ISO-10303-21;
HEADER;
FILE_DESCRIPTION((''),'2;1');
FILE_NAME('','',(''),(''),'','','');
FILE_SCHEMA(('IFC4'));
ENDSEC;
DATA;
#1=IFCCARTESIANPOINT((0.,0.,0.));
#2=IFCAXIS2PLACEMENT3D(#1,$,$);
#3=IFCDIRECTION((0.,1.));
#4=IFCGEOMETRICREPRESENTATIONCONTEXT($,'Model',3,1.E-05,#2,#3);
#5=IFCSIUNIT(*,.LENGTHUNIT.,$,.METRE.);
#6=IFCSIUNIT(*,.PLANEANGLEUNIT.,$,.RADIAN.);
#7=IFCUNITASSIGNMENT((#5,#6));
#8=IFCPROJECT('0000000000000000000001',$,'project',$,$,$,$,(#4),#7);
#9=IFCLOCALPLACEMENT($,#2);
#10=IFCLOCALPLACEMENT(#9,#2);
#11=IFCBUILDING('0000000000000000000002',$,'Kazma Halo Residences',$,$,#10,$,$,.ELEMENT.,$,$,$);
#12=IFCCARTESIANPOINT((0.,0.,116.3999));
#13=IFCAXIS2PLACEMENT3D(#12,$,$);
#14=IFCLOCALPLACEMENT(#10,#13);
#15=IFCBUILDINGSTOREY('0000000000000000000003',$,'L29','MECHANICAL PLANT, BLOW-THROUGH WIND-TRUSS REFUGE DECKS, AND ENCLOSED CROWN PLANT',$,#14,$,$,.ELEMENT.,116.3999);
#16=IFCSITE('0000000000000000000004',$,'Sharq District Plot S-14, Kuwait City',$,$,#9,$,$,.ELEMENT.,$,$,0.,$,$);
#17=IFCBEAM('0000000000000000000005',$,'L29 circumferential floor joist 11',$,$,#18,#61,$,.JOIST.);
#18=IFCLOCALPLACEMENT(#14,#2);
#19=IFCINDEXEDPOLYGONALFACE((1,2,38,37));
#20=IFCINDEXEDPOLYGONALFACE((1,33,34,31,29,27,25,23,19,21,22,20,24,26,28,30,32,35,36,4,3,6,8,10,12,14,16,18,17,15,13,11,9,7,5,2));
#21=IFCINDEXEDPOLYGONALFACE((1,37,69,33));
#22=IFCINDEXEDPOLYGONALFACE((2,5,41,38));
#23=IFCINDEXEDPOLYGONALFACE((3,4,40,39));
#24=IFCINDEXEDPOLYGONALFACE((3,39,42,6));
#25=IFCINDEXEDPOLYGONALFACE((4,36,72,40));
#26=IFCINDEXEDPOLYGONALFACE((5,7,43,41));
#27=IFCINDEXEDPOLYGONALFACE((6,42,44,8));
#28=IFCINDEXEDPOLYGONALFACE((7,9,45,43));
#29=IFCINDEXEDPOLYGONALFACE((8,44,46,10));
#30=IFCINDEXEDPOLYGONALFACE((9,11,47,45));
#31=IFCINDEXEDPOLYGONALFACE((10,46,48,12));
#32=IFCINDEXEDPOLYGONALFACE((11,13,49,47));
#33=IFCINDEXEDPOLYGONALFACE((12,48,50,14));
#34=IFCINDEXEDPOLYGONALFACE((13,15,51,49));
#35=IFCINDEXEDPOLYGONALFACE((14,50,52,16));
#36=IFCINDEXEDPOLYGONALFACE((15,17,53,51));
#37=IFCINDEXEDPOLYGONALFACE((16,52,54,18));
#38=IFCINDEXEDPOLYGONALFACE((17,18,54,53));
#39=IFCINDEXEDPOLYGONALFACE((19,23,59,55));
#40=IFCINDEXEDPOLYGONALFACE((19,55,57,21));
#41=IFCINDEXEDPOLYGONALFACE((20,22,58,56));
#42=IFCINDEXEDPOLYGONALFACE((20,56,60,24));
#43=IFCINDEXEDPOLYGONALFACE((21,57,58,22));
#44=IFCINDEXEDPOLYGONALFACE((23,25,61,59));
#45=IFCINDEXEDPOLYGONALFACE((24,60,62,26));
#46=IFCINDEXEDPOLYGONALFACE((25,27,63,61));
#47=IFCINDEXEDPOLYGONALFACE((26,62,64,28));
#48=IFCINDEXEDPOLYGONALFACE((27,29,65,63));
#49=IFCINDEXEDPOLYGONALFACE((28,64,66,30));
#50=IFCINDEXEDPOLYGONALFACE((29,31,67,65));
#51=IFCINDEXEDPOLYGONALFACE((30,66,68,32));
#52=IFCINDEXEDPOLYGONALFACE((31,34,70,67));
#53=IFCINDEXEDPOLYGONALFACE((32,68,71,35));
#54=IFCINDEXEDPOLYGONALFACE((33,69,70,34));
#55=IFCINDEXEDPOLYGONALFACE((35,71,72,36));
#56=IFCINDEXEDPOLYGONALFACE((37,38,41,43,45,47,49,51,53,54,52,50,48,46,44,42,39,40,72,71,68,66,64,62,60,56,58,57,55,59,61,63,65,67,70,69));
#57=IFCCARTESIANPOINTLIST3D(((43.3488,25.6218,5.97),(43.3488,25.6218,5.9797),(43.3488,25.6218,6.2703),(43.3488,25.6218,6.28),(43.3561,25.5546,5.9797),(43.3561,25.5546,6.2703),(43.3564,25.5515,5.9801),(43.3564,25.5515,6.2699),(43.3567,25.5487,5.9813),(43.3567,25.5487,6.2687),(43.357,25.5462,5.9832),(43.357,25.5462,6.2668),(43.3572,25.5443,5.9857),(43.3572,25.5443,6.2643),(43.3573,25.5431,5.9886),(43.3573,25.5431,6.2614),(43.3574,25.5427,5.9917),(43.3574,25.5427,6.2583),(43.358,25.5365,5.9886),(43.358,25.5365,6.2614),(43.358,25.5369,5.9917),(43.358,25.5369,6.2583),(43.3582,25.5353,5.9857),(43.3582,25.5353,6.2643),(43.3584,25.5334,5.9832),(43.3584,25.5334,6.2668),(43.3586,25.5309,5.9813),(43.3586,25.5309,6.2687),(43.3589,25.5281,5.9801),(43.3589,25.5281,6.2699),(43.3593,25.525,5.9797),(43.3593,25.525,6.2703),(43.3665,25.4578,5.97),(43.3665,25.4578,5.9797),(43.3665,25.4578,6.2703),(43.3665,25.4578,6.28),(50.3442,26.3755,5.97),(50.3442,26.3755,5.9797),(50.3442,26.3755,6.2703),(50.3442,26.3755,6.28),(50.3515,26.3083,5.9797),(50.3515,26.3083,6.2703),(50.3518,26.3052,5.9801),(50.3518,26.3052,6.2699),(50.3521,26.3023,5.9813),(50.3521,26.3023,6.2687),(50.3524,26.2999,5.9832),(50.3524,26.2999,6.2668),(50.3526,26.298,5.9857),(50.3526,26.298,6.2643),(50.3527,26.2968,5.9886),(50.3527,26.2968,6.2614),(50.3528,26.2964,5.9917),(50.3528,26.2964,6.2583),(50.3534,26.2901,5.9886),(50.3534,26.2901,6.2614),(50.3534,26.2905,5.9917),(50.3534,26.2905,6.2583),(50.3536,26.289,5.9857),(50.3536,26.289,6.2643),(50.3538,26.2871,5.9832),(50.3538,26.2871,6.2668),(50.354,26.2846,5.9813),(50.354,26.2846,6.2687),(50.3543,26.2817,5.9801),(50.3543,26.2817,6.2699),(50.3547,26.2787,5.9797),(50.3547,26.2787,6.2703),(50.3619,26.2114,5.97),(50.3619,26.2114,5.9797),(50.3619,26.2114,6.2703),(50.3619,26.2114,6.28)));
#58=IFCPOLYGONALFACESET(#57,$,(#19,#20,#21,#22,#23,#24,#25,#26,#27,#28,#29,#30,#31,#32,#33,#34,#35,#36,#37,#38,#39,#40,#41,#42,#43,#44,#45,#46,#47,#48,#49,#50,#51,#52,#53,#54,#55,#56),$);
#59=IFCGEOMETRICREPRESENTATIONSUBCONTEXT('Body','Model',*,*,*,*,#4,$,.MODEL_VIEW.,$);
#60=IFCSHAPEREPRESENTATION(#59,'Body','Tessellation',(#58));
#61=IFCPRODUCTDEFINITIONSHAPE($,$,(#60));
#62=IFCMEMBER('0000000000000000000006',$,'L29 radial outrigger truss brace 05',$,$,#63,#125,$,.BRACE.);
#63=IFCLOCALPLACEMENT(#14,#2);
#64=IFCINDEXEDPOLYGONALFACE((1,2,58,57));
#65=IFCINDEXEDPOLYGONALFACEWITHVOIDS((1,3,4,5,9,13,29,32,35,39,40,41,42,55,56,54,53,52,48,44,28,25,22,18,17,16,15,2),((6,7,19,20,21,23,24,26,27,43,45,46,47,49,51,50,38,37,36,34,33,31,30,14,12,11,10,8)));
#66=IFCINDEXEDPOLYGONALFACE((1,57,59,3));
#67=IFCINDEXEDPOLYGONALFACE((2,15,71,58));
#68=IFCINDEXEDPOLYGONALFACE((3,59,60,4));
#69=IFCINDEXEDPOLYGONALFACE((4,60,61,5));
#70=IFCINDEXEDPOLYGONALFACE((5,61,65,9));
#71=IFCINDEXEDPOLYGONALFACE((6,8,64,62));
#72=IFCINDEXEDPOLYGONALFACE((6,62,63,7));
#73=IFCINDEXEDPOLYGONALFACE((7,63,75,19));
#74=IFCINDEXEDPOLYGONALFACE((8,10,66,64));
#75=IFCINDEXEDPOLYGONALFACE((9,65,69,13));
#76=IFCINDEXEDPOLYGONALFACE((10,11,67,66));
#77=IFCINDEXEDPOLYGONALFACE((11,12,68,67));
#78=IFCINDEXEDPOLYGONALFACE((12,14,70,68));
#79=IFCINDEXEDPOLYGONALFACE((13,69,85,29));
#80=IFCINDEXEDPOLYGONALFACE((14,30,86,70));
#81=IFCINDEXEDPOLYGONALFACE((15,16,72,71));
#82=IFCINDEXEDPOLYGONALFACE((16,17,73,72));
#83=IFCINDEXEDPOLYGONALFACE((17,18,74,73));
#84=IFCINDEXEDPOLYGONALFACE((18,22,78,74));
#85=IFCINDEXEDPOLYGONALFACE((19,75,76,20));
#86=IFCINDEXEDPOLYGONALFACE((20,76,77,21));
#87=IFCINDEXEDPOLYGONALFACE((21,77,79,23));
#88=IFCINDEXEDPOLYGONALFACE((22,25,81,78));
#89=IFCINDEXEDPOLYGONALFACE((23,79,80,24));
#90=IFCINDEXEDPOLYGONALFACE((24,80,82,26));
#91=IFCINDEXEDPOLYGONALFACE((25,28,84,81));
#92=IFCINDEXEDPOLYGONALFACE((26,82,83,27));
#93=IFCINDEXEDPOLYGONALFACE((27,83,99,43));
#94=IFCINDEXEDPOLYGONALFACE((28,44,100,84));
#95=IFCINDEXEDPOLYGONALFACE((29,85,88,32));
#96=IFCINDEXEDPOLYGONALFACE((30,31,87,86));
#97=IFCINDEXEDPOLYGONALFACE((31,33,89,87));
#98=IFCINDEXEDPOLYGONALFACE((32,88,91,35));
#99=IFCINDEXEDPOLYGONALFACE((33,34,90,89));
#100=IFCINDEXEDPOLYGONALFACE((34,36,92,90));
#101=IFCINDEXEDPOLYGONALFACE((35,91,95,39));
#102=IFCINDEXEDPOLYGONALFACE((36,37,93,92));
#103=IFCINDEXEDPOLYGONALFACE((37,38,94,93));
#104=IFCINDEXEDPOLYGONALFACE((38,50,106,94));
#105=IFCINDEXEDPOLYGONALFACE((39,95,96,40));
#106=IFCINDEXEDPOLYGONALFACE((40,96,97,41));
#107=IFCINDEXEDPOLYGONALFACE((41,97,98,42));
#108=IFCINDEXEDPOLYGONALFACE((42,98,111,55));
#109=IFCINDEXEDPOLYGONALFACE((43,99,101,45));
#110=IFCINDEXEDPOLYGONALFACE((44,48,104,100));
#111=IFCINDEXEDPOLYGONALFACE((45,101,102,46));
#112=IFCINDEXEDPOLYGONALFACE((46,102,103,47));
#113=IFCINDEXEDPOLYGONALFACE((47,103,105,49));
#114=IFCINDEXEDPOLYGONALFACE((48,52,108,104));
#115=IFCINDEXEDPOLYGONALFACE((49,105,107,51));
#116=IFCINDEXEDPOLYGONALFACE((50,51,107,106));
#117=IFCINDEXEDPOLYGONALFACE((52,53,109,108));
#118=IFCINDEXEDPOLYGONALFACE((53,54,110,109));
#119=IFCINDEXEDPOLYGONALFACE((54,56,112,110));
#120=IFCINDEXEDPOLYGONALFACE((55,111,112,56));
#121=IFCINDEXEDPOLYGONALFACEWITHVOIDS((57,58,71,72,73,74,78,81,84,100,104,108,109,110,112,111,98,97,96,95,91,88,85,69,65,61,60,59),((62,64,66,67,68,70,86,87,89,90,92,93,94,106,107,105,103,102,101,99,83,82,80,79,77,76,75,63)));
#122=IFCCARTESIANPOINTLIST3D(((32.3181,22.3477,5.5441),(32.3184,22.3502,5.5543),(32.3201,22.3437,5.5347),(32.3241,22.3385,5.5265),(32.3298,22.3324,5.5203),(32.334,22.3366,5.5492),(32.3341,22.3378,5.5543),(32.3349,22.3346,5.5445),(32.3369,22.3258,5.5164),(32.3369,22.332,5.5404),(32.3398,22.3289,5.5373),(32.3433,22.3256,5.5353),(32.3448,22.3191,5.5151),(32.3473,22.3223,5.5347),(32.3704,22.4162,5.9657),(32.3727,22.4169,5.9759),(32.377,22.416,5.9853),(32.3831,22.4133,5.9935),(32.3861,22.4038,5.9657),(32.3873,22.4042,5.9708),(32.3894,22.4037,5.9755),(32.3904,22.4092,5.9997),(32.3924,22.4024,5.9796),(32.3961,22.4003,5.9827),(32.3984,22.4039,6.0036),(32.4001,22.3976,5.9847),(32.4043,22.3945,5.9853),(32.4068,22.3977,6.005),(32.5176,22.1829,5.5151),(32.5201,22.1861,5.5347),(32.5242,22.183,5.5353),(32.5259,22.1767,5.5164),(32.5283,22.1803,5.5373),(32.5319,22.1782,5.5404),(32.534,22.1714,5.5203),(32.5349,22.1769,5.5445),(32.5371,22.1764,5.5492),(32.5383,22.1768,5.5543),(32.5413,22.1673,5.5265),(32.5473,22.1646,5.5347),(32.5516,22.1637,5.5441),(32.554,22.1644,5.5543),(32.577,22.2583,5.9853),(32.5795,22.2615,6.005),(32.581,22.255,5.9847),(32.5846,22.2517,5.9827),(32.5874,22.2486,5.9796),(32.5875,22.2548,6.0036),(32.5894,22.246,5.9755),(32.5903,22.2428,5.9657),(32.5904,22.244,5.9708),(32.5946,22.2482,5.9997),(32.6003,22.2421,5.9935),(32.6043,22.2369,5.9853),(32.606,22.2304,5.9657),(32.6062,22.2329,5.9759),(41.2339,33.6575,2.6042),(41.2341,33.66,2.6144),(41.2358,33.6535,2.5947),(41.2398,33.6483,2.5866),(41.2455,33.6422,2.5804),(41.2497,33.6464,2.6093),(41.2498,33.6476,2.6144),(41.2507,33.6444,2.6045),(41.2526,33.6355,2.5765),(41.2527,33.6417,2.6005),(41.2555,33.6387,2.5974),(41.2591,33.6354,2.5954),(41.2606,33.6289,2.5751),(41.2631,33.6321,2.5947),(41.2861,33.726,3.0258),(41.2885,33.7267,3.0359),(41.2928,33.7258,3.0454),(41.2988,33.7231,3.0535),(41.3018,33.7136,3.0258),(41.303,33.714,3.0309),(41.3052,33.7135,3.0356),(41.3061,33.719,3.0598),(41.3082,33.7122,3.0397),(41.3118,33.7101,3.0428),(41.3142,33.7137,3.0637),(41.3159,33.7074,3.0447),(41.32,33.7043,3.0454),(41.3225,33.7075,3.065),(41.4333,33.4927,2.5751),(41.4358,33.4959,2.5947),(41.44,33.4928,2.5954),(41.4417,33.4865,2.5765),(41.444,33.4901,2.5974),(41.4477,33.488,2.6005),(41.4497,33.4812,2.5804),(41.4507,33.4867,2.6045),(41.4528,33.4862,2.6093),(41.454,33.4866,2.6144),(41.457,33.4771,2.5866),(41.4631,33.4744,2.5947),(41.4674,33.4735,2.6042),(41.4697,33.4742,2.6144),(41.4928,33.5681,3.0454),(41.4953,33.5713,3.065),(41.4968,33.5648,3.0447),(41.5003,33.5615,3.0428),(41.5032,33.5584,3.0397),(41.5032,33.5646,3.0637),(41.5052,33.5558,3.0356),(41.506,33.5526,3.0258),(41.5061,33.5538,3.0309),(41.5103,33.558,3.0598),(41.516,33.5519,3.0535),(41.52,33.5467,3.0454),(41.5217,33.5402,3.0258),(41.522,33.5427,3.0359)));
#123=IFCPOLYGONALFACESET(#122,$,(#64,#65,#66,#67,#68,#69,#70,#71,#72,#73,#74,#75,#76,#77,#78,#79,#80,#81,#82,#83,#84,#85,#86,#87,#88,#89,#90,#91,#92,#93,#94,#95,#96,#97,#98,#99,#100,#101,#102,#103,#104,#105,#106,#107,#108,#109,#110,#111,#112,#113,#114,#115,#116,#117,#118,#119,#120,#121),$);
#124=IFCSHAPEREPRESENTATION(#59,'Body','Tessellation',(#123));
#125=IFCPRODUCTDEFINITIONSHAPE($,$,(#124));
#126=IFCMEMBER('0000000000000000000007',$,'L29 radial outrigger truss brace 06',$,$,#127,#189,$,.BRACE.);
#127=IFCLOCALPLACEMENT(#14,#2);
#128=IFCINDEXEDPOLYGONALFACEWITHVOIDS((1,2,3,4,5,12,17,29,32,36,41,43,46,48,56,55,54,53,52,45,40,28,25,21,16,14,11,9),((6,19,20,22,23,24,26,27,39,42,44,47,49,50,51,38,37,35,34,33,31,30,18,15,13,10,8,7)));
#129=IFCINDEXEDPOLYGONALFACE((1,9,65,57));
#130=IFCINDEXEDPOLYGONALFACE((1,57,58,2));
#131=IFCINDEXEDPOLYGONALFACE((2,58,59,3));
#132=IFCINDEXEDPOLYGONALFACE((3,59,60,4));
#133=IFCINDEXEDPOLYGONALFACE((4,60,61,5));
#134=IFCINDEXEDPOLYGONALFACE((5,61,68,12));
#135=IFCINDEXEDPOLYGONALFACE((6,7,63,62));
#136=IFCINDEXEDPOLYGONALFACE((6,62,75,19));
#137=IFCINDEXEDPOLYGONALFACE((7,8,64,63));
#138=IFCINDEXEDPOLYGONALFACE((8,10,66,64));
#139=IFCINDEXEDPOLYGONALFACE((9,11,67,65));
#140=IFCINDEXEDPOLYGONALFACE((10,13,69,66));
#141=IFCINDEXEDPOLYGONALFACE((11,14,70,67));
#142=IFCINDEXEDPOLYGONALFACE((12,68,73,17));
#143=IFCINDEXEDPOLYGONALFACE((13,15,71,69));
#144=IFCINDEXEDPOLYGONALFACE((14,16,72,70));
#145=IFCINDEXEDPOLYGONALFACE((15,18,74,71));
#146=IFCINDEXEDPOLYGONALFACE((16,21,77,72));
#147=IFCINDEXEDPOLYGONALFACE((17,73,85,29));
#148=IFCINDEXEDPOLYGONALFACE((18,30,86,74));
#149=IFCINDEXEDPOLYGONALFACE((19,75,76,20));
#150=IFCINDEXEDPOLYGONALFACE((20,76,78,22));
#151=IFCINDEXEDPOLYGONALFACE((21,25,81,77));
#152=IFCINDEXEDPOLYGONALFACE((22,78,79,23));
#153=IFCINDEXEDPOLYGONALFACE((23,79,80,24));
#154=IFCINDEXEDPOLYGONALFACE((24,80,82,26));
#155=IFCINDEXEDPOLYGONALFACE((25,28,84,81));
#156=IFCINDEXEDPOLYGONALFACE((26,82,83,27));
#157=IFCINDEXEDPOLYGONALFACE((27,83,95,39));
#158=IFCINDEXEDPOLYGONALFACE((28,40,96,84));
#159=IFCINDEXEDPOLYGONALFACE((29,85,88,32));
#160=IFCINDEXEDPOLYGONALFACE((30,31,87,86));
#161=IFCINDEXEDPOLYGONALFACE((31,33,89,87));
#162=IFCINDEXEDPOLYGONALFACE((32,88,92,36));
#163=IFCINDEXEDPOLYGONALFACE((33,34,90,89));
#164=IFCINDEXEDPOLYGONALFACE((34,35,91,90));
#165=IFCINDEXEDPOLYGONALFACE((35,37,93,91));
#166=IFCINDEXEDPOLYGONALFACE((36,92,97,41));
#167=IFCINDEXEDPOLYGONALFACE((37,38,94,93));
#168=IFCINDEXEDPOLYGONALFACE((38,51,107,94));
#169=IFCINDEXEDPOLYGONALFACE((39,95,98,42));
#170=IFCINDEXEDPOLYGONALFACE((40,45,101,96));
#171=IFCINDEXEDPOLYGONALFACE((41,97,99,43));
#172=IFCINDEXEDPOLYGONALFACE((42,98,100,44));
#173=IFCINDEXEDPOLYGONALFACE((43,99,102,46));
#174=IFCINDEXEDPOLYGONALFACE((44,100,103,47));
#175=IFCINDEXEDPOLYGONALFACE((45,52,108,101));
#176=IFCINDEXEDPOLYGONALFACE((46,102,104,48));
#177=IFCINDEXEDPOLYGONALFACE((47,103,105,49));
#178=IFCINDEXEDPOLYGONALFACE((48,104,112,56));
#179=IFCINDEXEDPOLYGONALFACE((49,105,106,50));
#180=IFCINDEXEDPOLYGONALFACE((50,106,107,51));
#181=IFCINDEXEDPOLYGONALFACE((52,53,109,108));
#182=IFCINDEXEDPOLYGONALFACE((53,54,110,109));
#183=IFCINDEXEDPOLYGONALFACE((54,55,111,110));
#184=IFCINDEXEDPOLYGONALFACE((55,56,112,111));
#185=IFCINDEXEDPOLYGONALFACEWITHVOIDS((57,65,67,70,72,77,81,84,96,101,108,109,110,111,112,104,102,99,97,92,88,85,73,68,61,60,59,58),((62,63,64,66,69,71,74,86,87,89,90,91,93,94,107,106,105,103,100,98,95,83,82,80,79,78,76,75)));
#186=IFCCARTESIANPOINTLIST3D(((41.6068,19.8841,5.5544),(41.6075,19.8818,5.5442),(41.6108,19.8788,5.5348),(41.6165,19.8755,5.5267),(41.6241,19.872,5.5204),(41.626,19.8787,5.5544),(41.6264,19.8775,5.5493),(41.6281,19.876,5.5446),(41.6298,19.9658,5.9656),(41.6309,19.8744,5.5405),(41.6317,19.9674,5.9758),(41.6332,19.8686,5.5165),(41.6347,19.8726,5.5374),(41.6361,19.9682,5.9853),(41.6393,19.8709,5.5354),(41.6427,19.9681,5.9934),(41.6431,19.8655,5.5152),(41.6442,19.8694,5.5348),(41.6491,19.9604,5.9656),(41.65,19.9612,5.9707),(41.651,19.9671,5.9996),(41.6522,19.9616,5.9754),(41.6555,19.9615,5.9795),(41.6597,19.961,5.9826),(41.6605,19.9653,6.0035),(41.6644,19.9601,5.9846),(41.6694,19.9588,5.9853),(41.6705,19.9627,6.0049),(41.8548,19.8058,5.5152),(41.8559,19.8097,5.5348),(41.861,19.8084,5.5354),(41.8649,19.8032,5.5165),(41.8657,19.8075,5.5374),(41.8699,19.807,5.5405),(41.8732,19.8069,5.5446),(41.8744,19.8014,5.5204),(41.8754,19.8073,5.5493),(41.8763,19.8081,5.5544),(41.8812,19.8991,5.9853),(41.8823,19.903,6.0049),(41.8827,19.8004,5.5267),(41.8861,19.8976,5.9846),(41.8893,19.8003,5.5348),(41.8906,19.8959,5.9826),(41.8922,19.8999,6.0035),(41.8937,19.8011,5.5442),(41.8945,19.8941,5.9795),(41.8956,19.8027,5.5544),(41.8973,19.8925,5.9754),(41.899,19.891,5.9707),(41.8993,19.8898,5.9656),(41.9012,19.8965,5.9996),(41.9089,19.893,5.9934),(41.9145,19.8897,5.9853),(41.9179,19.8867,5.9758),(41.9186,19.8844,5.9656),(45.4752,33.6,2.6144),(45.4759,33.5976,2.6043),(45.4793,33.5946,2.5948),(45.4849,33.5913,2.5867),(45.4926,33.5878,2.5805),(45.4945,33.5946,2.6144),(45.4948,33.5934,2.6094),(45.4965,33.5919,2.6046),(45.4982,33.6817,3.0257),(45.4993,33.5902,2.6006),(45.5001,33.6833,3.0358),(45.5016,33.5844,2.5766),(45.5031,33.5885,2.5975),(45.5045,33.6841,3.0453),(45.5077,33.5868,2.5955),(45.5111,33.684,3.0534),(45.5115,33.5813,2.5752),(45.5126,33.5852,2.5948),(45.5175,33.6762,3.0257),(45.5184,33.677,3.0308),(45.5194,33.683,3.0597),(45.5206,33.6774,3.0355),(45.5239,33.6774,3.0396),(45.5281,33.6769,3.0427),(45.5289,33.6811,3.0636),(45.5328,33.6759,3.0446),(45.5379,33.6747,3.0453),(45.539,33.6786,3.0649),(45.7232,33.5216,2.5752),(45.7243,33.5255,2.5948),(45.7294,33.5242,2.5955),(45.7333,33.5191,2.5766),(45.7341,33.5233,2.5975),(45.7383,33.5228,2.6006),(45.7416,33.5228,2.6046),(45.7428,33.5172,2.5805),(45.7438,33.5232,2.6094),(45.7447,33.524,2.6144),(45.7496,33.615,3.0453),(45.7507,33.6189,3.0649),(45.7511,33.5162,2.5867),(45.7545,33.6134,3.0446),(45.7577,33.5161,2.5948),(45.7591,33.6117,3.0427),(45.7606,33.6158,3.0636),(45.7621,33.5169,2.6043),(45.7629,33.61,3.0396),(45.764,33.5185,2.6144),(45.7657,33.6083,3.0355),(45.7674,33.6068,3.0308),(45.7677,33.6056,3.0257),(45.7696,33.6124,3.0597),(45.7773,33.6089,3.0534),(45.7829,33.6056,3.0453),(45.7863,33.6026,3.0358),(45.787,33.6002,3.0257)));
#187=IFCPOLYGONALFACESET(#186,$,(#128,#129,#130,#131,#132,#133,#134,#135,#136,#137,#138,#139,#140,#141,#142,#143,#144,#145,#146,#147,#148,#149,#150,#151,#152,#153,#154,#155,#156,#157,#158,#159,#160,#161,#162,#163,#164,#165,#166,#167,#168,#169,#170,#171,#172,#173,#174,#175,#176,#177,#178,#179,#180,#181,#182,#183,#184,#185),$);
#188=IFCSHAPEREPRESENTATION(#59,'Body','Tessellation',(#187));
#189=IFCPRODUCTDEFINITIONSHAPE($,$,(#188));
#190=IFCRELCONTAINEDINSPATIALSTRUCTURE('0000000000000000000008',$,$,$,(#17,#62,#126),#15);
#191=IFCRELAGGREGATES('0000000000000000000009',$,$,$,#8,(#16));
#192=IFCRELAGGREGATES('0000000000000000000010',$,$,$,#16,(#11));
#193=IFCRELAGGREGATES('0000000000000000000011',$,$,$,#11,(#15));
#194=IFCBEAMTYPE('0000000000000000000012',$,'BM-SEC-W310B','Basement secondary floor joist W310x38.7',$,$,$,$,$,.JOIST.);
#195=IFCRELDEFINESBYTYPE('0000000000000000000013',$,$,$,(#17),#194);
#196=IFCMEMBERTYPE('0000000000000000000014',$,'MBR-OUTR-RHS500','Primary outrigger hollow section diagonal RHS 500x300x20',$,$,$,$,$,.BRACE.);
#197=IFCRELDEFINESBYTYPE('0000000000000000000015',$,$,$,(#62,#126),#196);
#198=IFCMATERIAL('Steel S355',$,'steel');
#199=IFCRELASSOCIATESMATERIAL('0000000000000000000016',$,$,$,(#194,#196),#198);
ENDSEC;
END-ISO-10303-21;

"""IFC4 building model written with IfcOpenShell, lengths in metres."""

from ifc_helpers import new_model, si_unit, direction, frame, origin, origin_2d, place, context, subcontext, project, spatial, hollow_rectangle, i_section, extrude, material, material_profile, profile_set, type_object, element, save


model = new_model("IFC4")

# Units and contexts
model_context = context("Model", 3, precision=1e-05, world=origin(), true_north=direction((0.0, 1.0)))
body_context = subcontext(model_context, "Body", "Model", "MODEL_VIEW")
ifc_project = project(units=[si_unit("LENGTHUNIT", "METRE"), si_unit("PLANEANGLEUNIT", "RADIAN")], contexts=[model_context])

# Site, building, storey
site_placement = place(None, origin())
site = spatial("IfcSite", under=ifc_project, at=site_placement, Name="Sharq District Plot S-14, Kuwait City", CompositionType="ELEMENT", RefElevation=0.0)
building_placement = place(site_placement, origin())
building = spatial("IfcBuilding", under=site, at=building_placement, Name="Kazma Halo Residences", CompositionType="ELEMENT")
storey_placement = place(building_placement, frame((0.0, 0.0, 116.3999)))
storey = spatial("IfcBuildingStorey", under=building, at=storey_placement, Name="L29", Description="MECHANICAL PLANT, BLOW-THROUGH WIND-TRUSS REFUGE DECKS, AND ENCLOSED CROWN PLANT", CompositionType="ELEMENT", Elevation=116.3999)

# Beam
ifc_material_1 = material(Name="Steel S355", Category="steel")
ifc_material_profile_1 = material_profile(ifc_material_1, i_section(OverallWidth=0.165, OverallDepth=0.3101, WebThickness=0.0059, FlangeThickness=0.0098, FilletRadius=0.012, at=origin_2d()), Name="W310x38.7")
ifc_profile_set_1 = profile_set([ifc_material_profile_1], Name="Steel S355")
beam_type_1 = type_object("IfcBeamType", Name="BM-SEC-W310B", Description="Basement secondary floor joist W310x38.7", PredefinedType="JOIST", material=ifc_profile_set_1)
beam_1_placement = place(storey_placement, frame((43.3577, 25.5398, 6.125), z_axis=(0.994246, 0.107118, 0.0), x_axis=(-0.107118, 0.994246, 0.0)))
element("IfcBeam", 1, at=beam_1_placement, inside=storey, type_object=beam_type_1, Name="L29 circumferential floor joist 11", PredefinedType="JOIST", context=body_context, shape_type="SweptSolid", body=[
    extrude(i_section(OverallWidth=0.165, OverallDepth=0.3101, WebThickness=0.0059, FlangeThickness=0.0098, FilletRadius=0.012, at=origin_2d()), origin(), (0.0, 0.0, 1.0), 7.0359),
])

# Members
ifc_material_profile_2 = material_profile(ifc_material_1, hollow_rectangle(XDim=0.3, YDim=0.5, WallThickness=0.02, InnerFilletRadius=0.02, OuterFilletRadius=0.04, at=origin_2d()), Name="RHS500x300x20")
ifc_profile_set_2 = profile_set([ifc_material_profile_2], Name="Steel S355")
member_type_1 = type_object("IfcMemberType", Name="MBR-OUTR-RHS500", Description="Primary outrigger hollow section diagonal RHS 500x300x20", PredefinedType="BRACE", material=ifc_profile_set_2)
member_1_placement = place(storey_placement, frame((41.3779, 33.6001, 2.8201), z_axis=(-0.606577, -0.769453, 0.200016), x_axis=(0.785323, -0.619087, 0.0)))
element("IfcMember", 2, at=member_1_placement, inside=storey, type_object=member_type_1, Name="L29 radial outrigger truss brace 05", PredefinedType="BRACE", context=body_context, shape_type="SweptSolid", body=[
    extrude(hollow_rectangle(XDim=0.3, YDim=0.5, WallThickness=0.02, InnerFilletRadius=0.02, OuterFilletRadius=0.04, at=origin_2d()), origin(), (0.0, 0.0, 1.0), 14.6985),
])
member_2_placement = place(storey_placement, frame((45.6311, 33.6001, 2.8201), z_axis=(-0.265852, -0.942603, 0.202044), x_axis=(0.962453, -0.27145, 0.0)))
element("IfcMember", 3, at=member_2_placement, inside=storey, type_object=member_type_1, Name="L29 radial outrigger truss brace 06", PredefinedType="BRACE", context=body_context, shape_type="SweptSolid", body=[
    extrude(hollow_rectangle(XDim=0.3, YDim=0.5, WallThickness=0.02, InnerFilletRadius=0.02, OuterFilletRadius=0.04, at=origin_2d()), origin(), (0.0, 0.0, 1.0), 14.551),
])

save(model, "model.ifc")
